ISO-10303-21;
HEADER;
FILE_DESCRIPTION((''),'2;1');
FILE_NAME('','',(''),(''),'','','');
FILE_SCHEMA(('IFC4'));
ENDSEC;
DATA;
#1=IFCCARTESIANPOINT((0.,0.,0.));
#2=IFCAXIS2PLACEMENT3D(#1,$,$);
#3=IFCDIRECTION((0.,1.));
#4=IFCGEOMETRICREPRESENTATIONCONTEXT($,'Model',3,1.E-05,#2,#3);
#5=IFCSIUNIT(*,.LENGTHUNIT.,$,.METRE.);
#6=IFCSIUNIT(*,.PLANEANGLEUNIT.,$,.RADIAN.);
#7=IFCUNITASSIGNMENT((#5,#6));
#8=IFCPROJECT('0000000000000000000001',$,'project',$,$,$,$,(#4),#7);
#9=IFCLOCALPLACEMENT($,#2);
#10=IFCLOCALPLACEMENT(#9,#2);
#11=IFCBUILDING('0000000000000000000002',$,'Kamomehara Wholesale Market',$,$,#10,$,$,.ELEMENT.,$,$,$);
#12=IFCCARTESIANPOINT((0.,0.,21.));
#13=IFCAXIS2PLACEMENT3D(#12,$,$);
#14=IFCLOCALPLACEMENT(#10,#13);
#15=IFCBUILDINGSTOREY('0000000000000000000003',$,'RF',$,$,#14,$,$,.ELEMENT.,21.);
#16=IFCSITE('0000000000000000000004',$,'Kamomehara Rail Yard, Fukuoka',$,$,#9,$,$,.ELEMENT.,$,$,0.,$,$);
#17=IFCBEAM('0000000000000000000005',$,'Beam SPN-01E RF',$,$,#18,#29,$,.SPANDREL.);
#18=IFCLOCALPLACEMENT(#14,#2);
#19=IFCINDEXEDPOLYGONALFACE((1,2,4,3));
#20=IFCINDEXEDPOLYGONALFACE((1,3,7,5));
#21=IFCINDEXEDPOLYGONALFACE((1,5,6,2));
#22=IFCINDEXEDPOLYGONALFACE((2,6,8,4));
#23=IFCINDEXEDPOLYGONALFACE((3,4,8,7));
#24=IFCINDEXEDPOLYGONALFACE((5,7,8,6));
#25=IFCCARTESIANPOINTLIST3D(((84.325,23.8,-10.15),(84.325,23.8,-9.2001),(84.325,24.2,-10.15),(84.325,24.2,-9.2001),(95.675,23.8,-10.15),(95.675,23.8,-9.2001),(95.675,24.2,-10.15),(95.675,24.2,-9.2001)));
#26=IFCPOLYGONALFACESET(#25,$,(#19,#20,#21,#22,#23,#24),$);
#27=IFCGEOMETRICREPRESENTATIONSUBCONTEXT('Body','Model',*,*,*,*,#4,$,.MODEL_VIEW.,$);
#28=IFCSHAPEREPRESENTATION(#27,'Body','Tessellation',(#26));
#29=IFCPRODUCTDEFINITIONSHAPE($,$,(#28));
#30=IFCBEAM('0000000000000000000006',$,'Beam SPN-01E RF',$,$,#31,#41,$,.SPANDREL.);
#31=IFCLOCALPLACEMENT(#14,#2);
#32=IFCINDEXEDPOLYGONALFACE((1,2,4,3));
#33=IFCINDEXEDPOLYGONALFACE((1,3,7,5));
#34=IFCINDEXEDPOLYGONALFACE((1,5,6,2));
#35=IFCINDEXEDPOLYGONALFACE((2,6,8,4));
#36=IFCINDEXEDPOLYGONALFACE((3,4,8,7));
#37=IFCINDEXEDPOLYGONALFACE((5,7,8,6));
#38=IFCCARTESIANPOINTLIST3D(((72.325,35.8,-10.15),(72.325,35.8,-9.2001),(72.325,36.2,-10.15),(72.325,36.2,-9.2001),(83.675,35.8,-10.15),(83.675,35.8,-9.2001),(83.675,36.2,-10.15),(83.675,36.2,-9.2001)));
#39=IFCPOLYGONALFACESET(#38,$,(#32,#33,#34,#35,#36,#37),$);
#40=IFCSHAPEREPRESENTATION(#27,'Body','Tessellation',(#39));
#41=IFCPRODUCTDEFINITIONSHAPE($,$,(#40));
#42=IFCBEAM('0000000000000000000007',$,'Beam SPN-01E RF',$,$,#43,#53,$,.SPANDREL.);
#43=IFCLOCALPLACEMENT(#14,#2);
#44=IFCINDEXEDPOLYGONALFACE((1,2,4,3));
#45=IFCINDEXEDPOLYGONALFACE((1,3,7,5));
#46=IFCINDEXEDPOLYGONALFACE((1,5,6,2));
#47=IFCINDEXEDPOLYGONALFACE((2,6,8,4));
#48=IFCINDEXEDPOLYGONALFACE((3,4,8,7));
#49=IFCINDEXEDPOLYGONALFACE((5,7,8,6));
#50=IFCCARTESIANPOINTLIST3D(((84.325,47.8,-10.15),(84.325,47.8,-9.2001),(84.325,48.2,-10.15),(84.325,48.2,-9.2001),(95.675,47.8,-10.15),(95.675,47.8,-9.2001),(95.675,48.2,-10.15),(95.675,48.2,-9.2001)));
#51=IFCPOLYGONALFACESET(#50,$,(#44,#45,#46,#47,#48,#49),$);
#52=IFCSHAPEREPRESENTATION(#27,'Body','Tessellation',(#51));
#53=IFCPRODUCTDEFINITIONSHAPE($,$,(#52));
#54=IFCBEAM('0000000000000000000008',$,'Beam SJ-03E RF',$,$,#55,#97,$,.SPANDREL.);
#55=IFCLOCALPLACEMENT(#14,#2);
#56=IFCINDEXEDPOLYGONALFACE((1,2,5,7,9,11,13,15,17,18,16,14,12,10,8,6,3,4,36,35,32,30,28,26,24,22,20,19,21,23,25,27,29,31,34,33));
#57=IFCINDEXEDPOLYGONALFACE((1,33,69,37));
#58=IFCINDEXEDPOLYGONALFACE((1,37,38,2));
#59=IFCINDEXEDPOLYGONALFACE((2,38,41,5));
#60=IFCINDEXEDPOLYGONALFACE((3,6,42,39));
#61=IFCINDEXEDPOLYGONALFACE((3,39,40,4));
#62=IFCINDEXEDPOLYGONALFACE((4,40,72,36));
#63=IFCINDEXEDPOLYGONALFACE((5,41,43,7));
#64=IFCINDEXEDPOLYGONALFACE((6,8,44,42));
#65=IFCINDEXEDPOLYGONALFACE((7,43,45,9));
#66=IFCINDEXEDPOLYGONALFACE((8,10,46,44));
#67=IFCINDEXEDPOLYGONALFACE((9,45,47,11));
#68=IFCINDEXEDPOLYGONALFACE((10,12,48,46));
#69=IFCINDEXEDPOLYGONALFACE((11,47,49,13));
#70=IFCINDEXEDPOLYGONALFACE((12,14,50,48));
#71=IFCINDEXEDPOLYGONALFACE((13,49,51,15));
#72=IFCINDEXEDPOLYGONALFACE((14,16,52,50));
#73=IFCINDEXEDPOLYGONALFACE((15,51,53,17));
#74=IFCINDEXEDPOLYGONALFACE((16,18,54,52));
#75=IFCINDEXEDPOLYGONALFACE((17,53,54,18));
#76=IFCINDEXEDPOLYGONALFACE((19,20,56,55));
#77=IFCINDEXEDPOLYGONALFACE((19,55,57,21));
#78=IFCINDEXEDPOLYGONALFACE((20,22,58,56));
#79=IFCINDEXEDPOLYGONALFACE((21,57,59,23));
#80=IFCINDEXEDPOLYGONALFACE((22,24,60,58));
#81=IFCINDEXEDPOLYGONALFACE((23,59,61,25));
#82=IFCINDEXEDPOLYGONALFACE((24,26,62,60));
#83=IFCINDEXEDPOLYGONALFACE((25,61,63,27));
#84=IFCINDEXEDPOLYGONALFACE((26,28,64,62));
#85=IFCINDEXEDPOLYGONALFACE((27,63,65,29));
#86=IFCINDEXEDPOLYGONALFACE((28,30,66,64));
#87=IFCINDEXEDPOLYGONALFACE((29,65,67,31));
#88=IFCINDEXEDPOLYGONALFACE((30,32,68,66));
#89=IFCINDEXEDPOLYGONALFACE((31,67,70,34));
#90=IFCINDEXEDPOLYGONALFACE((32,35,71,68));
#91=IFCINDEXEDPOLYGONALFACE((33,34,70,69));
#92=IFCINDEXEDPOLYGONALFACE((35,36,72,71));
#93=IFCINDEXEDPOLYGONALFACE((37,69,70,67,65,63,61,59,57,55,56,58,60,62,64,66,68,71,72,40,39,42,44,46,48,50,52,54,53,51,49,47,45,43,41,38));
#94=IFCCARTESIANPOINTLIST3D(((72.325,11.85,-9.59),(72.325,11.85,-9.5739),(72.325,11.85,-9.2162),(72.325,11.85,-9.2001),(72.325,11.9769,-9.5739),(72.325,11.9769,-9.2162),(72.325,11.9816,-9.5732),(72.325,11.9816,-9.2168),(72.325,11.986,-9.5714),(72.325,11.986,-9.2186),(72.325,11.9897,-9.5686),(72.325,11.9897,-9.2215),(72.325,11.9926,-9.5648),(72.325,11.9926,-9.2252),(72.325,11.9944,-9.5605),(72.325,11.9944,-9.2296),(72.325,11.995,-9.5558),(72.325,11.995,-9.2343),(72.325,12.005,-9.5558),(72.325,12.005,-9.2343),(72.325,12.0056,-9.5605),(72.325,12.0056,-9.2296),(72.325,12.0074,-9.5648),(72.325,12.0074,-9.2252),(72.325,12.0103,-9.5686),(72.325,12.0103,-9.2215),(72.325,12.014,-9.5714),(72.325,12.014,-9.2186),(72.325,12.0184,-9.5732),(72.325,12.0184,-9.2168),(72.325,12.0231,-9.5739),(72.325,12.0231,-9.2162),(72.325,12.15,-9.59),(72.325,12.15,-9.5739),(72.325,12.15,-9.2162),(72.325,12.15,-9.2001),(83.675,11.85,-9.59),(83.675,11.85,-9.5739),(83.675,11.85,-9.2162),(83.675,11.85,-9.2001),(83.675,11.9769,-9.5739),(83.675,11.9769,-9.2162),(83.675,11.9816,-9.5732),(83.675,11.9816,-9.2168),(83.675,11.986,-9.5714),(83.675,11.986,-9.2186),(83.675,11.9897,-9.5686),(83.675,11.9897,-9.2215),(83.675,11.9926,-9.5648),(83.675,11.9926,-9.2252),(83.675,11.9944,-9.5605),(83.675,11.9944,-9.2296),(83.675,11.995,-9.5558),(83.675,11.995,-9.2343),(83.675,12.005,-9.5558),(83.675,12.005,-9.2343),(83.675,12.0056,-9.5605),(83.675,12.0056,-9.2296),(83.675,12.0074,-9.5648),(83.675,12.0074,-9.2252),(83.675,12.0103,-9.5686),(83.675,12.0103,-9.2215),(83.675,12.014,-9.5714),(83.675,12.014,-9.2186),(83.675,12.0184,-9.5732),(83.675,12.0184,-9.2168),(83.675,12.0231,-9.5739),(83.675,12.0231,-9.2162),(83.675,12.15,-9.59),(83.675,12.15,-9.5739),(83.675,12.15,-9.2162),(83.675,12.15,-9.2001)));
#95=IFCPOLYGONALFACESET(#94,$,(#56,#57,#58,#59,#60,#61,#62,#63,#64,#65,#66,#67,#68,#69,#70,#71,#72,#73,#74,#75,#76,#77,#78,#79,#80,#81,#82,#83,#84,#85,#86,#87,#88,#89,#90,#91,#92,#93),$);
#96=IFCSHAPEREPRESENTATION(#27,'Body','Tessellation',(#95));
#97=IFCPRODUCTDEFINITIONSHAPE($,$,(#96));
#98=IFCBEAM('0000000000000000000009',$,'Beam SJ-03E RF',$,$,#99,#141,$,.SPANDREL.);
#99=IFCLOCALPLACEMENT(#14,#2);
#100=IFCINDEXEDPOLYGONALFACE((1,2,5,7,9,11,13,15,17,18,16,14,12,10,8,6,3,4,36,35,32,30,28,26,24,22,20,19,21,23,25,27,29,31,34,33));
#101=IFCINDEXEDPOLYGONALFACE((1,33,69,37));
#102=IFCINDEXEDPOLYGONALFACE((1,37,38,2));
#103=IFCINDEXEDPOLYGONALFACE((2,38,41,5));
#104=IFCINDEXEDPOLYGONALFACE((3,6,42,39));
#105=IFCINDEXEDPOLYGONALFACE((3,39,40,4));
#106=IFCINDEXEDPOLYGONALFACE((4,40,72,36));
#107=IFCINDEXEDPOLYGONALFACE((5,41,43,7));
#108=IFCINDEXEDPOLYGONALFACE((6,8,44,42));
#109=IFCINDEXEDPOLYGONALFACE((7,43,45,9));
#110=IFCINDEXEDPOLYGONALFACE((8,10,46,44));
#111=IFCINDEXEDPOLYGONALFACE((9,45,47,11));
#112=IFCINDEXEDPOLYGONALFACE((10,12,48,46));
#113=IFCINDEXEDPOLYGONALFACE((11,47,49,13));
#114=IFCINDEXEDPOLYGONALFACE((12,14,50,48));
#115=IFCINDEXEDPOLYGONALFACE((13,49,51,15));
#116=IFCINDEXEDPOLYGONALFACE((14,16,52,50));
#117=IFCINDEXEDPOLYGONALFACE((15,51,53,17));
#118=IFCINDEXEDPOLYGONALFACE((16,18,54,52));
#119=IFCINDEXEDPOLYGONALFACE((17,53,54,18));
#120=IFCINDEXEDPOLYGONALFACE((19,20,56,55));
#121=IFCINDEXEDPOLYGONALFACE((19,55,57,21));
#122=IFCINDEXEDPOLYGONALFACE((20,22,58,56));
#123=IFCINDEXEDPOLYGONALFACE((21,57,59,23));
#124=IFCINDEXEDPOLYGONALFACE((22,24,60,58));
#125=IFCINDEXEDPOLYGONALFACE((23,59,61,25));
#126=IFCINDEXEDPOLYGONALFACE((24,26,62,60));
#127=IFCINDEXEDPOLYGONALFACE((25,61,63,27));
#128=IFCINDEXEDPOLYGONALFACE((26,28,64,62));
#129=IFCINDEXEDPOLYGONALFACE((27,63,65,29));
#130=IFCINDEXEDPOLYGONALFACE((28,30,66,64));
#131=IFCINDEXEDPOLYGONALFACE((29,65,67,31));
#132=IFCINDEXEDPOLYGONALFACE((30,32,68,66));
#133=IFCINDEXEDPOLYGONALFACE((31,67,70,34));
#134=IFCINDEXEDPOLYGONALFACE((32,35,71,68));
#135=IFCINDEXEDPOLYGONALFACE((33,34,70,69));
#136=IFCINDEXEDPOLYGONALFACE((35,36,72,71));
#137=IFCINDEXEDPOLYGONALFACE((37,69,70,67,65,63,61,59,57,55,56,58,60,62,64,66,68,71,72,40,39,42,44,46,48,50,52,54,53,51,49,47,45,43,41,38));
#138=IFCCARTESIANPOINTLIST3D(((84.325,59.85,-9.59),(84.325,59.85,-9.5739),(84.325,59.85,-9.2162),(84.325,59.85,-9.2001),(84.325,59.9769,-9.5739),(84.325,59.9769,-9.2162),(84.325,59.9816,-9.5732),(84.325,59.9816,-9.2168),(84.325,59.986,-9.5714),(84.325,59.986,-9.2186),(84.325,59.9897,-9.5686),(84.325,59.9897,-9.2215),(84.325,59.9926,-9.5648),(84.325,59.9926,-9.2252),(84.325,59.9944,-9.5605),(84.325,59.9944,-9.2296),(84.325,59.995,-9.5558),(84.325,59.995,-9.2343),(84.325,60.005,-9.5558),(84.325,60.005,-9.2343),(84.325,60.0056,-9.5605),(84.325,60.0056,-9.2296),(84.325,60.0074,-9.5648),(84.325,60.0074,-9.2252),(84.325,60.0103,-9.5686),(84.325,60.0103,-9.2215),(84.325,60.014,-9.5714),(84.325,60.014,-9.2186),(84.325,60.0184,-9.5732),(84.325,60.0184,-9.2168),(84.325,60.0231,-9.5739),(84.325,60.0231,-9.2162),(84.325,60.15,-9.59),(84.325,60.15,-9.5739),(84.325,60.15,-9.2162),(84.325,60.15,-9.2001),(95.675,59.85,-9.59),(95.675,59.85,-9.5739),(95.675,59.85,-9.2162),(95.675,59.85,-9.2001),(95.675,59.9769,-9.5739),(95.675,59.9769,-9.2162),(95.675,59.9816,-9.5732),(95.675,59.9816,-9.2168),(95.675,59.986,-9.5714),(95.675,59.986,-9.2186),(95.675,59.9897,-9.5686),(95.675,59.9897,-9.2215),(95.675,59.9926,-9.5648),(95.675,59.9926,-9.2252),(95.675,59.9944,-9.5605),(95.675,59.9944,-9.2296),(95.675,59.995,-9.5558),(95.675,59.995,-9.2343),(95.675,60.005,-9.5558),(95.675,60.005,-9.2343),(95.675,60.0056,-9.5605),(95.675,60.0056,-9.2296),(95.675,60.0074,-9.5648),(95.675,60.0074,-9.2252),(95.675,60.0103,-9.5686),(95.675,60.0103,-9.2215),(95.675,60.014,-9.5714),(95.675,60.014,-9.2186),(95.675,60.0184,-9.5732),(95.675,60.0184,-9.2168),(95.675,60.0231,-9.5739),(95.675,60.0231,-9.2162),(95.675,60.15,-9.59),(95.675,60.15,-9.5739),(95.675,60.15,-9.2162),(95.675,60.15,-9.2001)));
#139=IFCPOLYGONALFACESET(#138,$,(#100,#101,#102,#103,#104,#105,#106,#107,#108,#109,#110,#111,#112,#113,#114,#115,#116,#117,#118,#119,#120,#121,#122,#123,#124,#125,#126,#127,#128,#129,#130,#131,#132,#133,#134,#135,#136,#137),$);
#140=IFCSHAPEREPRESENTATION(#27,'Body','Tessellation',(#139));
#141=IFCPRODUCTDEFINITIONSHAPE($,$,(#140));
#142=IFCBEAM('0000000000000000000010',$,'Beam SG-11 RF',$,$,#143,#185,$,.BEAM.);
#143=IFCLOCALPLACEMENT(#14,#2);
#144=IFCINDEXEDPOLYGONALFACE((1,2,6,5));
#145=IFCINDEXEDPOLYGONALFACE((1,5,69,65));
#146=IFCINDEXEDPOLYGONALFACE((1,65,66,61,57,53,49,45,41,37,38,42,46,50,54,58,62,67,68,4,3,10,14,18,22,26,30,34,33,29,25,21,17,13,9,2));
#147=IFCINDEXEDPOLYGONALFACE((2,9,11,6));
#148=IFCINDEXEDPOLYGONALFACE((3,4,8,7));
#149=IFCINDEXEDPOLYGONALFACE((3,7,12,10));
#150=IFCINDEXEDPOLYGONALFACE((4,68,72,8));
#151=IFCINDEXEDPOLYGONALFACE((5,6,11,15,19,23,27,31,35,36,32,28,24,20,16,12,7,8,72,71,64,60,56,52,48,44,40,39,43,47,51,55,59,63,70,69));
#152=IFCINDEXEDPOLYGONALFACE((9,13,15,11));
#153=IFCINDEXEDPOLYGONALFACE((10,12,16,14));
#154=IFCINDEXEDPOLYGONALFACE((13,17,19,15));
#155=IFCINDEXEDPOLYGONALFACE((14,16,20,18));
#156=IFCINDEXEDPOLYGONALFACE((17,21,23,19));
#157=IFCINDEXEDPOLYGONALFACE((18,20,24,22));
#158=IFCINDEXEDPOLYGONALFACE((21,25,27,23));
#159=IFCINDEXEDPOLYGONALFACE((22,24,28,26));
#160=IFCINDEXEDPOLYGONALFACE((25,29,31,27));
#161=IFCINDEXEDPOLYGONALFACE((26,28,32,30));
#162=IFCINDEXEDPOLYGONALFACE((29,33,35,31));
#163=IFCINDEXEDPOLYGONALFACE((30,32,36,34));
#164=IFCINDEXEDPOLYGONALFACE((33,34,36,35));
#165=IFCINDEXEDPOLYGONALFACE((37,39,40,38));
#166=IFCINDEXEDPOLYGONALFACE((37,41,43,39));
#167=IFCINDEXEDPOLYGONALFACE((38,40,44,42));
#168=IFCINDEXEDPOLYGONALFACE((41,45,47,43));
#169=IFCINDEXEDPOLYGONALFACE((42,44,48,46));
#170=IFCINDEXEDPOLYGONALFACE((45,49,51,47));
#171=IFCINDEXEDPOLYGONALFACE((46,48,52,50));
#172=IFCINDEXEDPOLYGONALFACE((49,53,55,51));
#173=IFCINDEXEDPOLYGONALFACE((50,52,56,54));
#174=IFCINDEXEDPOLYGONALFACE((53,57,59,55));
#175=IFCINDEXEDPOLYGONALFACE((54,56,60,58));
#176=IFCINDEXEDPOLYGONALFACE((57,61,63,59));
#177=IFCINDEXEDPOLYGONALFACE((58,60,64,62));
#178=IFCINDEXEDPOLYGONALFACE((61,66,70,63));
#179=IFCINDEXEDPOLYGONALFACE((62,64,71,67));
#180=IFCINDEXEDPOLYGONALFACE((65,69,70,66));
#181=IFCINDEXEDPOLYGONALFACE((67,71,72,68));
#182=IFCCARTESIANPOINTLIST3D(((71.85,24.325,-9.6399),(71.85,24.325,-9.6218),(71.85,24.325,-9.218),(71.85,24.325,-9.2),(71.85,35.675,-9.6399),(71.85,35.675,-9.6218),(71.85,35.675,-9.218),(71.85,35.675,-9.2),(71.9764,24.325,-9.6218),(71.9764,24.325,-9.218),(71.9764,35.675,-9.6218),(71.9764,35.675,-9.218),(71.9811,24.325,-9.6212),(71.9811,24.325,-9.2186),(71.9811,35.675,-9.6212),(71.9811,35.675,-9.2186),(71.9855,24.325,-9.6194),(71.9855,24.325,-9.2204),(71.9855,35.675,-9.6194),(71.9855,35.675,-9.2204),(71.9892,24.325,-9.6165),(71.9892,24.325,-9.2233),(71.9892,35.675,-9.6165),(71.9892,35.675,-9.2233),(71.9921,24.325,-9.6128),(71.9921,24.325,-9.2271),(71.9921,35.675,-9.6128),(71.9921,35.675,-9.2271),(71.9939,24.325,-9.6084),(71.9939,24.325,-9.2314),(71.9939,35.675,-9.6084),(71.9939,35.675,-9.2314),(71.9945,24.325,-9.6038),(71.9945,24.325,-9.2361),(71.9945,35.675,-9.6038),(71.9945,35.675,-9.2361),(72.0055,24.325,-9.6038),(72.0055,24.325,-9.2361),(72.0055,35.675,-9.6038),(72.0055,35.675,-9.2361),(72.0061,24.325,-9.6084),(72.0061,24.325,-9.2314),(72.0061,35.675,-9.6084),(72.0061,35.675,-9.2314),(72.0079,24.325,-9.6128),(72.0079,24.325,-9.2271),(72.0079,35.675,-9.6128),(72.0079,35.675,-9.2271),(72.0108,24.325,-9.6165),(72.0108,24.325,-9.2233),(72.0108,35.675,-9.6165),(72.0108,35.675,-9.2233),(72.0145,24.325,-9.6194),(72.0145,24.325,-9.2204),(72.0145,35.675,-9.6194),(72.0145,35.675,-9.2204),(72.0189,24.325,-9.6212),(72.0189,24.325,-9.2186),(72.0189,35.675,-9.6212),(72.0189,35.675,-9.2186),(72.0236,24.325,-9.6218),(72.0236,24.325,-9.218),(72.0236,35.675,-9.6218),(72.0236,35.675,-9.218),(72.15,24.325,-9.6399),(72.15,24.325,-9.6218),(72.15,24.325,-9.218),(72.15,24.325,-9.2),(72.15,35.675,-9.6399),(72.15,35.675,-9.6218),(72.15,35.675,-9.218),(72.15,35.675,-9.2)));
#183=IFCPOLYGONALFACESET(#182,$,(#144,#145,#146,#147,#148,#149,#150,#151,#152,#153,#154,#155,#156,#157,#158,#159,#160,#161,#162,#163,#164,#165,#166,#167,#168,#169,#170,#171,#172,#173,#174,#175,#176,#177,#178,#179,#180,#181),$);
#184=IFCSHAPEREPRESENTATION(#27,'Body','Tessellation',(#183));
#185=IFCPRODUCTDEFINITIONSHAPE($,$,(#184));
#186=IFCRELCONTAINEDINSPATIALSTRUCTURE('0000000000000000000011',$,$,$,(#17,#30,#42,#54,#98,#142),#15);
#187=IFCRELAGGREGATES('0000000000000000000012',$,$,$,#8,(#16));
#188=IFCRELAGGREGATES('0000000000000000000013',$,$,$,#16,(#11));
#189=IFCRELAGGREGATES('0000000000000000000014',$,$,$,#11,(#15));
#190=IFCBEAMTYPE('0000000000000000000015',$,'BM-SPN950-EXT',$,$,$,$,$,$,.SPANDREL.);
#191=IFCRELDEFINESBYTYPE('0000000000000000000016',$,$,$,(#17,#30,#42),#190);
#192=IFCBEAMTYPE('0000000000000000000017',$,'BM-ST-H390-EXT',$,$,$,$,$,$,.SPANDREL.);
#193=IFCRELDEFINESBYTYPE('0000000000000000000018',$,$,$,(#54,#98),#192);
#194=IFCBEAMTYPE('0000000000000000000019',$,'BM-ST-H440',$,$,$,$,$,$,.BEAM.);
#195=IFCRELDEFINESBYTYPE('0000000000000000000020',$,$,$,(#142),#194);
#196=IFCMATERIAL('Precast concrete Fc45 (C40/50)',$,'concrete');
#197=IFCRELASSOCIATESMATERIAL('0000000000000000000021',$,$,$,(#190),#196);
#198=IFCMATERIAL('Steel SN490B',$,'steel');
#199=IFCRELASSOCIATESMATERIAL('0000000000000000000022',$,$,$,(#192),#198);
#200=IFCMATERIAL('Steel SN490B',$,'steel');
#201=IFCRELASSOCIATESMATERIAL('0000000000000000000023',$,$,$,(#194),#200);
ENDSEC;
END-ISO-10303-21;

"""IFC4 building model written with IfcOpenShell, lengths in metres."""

from ifc_helpers import new_model, si_unit, direction, frame, origin, origin_2d, place, context, subcontext, project, spatial, rectangle, i_section, extrude, material, material_profile, profile_set, type_object, element, save


model = new_model("IFC4")

# Units and contexts
model_context = context("Model", 3, precision=1e-05, world=origin(), true_north=direction((0.0, 1.0)))
body_context = subcontext(model_context, "Body", "Model", "MODEL_VIEW")
ifc_project = project(units=[si_unit("LENGTHUNIT", "METRE"), si_unit("PLANEANGLEUNIT", "RADIAN")], contexts=[model_context])

# Site, building, storey
site_placement = place(None, origin())
site = spatial("IfcSite", under=ifc_project, at=site_placement, Name="Kamomehara Rail Yard, Fukuoka", CompositionType="ELEMENT", RefElevation=0.0)
building_placement = place(site_placement, origin())
building = spatial("IfcBuilding", under=site, at=building_placement, Name="Kamomehara Wholesale Market", CompositionType="ELEMENT")
storey_placement = place(building_placement, frame((0.0, 0.0, 21.0)))
storey = spatial("IfcBuildingStorey", under=building, at=storey_placement, Name="RF", CompositionType="ELEMENT", Elevation=21.0)

# Beams
ifc_material_1 = material(Name="Precast concrete Fc45 (C40/50)", Category="concrete")
ifc_material_profile_1 = material_profile(ifc_material_1, rectangle(XDim=0.3999, YDim=0.95, at=origin_2d()), Name="PC-SPN-400x950")
ifc_profile_set_1 = profile_set([ifc_material_profile_1], Name="Precast concrete Fc45 (C40/50)")
beam_type_1 = type_object("IfcBeamType", Name="BM-SPN950-EXT", PredefinedType="SPANDREL", material=ifc_profile_set_1)
for number, where, z_axis, x_axis, name in (
    (1, (84.325, 24.0, -9.675), (1.0, 0.0, 0.0), (0.0, 1.0, 0.0), "Beam SPN-01E RF"),
    (2, (72.325, 36.0, -9.675), (1.0, 0.0, 0.0), (0.0, 1.0, 0.0), "Beam SPN-01E RF"),
    (3, (84.325, 48.0, -9.675), (1.0, 0.0, 0.0), (0.0, 1.0, 0.0), "Beam SPN-01E RF"),
):
    element("IfcBeam", number, at=place(storey_placement, frame(where, z_axis=z_axis, x_axis=x_axis)), inside=storey, type_object=beam_type_1, Name=name, PredefinedType="SPANDREL", context=body_context, shape_type="SweptSolid", body=[
        extrude(rectangle(XDim=0.3999, YDim=0.95, at=origin_2d()), origin(), (0.0, 0.0, 1.0), 11.3501),
    ])
ifc_material_2 = material(Name="Steel SN490B", Category="steel")
ifc_material_profile_2 = material_profile(ifc_material_2, i_section(OverallWidth=0.3, OverallDepth=0.3899, WebThickness=0.01, FlangeThickness=0.0161, FilletRadius=0.0181, at=origin_2d()), Name="H-390x300x10x16")
ifc_profile_set_2 = profile_set([ifc_material_profile_2], Name="Steel SN490B")
beam_type_2 = type_object("IfcBeamType", Name="BM-ST-H390-EXT", PredefinedType="SPANDREL", material=ifc_profile_set_2)
for number, where, z_axis, x_axis, name in (
    (4, (72.325, 12.0, -9.395), (1.0, 0.0, 0.0), (0.0, 1.0, 0.0), "Beam SJ-03E RF"),
    (5, (84.325, 60.0, -9.395), (1.0, 0.0, 0.0), (0.0, 1.0, 0.0), "Beam SJ-03E RF"),
):
    element("IfcBeam", number, at=place(storey_placement, frame(where, z_axis=z_axis, x_axis=x_axis)), inside=storey, type_object=beam_type_2, Name=name, PredefinedType="SPANDREL", context=body_context, shape_type="SweptSolid", body=[
        extrude(i_section(OverallWidth=0.3, OverallDepth=0.3899, WebThickness=0.01, FlangeThickness=0.0161, FilletRadius=0.0181, at=origin_2d()), origin(), (0.0, 0.0, 1.0), 11.3501),
    ])
ifc_material_3 = material(Name="Steel SN490B", Category="steel")
ifc_material_profile_3 = material_profile(ifc_material_3, i_section(OverallWidth=0.3, OverallDepth=0.4399, WebThickness=0.011, FlangeThickness=0.0181, FilletRadius=0.0181, at=origin_2d()), Name="H-440x300x11x18")
ifc_profile_set_3 = profile_set([ifc_material_profile_3], Name="Steel SN490B")
beam_type_3 = type_object("IfcBeamType", Name="BM-ST-H440", PredefinedType="BEAM", material=ifc_profile_set_3)
for number, where, z_axis, x_axis, name in (
    (6, (72.0, 24.325, -9.4199), (0.0, 1.0, 0.0), (-1.0, 0.0, 0.0), "Beam SG-11 RF"),
):
    element("IfcBeam", number, at=place(storey_placement, frame(where, z_axis=z_axis, x_axis=x_axis)), inside=storey, type_object=beam_type_3, Name=name, PredefinedType="BEAM", context=body_context, shape_type="SweptSolid", body=[
        extrude(i_section(OverallWidth=0.3, OverallDepth=0.4399, WebThickness=0.011, FlangeThickness=0.0181, FilletRadius=0.0181, at=origin_2d()), origin(), (0.0, 0.0, 1.0), 11.3501),
    ])

save(model, "model.ifc")
